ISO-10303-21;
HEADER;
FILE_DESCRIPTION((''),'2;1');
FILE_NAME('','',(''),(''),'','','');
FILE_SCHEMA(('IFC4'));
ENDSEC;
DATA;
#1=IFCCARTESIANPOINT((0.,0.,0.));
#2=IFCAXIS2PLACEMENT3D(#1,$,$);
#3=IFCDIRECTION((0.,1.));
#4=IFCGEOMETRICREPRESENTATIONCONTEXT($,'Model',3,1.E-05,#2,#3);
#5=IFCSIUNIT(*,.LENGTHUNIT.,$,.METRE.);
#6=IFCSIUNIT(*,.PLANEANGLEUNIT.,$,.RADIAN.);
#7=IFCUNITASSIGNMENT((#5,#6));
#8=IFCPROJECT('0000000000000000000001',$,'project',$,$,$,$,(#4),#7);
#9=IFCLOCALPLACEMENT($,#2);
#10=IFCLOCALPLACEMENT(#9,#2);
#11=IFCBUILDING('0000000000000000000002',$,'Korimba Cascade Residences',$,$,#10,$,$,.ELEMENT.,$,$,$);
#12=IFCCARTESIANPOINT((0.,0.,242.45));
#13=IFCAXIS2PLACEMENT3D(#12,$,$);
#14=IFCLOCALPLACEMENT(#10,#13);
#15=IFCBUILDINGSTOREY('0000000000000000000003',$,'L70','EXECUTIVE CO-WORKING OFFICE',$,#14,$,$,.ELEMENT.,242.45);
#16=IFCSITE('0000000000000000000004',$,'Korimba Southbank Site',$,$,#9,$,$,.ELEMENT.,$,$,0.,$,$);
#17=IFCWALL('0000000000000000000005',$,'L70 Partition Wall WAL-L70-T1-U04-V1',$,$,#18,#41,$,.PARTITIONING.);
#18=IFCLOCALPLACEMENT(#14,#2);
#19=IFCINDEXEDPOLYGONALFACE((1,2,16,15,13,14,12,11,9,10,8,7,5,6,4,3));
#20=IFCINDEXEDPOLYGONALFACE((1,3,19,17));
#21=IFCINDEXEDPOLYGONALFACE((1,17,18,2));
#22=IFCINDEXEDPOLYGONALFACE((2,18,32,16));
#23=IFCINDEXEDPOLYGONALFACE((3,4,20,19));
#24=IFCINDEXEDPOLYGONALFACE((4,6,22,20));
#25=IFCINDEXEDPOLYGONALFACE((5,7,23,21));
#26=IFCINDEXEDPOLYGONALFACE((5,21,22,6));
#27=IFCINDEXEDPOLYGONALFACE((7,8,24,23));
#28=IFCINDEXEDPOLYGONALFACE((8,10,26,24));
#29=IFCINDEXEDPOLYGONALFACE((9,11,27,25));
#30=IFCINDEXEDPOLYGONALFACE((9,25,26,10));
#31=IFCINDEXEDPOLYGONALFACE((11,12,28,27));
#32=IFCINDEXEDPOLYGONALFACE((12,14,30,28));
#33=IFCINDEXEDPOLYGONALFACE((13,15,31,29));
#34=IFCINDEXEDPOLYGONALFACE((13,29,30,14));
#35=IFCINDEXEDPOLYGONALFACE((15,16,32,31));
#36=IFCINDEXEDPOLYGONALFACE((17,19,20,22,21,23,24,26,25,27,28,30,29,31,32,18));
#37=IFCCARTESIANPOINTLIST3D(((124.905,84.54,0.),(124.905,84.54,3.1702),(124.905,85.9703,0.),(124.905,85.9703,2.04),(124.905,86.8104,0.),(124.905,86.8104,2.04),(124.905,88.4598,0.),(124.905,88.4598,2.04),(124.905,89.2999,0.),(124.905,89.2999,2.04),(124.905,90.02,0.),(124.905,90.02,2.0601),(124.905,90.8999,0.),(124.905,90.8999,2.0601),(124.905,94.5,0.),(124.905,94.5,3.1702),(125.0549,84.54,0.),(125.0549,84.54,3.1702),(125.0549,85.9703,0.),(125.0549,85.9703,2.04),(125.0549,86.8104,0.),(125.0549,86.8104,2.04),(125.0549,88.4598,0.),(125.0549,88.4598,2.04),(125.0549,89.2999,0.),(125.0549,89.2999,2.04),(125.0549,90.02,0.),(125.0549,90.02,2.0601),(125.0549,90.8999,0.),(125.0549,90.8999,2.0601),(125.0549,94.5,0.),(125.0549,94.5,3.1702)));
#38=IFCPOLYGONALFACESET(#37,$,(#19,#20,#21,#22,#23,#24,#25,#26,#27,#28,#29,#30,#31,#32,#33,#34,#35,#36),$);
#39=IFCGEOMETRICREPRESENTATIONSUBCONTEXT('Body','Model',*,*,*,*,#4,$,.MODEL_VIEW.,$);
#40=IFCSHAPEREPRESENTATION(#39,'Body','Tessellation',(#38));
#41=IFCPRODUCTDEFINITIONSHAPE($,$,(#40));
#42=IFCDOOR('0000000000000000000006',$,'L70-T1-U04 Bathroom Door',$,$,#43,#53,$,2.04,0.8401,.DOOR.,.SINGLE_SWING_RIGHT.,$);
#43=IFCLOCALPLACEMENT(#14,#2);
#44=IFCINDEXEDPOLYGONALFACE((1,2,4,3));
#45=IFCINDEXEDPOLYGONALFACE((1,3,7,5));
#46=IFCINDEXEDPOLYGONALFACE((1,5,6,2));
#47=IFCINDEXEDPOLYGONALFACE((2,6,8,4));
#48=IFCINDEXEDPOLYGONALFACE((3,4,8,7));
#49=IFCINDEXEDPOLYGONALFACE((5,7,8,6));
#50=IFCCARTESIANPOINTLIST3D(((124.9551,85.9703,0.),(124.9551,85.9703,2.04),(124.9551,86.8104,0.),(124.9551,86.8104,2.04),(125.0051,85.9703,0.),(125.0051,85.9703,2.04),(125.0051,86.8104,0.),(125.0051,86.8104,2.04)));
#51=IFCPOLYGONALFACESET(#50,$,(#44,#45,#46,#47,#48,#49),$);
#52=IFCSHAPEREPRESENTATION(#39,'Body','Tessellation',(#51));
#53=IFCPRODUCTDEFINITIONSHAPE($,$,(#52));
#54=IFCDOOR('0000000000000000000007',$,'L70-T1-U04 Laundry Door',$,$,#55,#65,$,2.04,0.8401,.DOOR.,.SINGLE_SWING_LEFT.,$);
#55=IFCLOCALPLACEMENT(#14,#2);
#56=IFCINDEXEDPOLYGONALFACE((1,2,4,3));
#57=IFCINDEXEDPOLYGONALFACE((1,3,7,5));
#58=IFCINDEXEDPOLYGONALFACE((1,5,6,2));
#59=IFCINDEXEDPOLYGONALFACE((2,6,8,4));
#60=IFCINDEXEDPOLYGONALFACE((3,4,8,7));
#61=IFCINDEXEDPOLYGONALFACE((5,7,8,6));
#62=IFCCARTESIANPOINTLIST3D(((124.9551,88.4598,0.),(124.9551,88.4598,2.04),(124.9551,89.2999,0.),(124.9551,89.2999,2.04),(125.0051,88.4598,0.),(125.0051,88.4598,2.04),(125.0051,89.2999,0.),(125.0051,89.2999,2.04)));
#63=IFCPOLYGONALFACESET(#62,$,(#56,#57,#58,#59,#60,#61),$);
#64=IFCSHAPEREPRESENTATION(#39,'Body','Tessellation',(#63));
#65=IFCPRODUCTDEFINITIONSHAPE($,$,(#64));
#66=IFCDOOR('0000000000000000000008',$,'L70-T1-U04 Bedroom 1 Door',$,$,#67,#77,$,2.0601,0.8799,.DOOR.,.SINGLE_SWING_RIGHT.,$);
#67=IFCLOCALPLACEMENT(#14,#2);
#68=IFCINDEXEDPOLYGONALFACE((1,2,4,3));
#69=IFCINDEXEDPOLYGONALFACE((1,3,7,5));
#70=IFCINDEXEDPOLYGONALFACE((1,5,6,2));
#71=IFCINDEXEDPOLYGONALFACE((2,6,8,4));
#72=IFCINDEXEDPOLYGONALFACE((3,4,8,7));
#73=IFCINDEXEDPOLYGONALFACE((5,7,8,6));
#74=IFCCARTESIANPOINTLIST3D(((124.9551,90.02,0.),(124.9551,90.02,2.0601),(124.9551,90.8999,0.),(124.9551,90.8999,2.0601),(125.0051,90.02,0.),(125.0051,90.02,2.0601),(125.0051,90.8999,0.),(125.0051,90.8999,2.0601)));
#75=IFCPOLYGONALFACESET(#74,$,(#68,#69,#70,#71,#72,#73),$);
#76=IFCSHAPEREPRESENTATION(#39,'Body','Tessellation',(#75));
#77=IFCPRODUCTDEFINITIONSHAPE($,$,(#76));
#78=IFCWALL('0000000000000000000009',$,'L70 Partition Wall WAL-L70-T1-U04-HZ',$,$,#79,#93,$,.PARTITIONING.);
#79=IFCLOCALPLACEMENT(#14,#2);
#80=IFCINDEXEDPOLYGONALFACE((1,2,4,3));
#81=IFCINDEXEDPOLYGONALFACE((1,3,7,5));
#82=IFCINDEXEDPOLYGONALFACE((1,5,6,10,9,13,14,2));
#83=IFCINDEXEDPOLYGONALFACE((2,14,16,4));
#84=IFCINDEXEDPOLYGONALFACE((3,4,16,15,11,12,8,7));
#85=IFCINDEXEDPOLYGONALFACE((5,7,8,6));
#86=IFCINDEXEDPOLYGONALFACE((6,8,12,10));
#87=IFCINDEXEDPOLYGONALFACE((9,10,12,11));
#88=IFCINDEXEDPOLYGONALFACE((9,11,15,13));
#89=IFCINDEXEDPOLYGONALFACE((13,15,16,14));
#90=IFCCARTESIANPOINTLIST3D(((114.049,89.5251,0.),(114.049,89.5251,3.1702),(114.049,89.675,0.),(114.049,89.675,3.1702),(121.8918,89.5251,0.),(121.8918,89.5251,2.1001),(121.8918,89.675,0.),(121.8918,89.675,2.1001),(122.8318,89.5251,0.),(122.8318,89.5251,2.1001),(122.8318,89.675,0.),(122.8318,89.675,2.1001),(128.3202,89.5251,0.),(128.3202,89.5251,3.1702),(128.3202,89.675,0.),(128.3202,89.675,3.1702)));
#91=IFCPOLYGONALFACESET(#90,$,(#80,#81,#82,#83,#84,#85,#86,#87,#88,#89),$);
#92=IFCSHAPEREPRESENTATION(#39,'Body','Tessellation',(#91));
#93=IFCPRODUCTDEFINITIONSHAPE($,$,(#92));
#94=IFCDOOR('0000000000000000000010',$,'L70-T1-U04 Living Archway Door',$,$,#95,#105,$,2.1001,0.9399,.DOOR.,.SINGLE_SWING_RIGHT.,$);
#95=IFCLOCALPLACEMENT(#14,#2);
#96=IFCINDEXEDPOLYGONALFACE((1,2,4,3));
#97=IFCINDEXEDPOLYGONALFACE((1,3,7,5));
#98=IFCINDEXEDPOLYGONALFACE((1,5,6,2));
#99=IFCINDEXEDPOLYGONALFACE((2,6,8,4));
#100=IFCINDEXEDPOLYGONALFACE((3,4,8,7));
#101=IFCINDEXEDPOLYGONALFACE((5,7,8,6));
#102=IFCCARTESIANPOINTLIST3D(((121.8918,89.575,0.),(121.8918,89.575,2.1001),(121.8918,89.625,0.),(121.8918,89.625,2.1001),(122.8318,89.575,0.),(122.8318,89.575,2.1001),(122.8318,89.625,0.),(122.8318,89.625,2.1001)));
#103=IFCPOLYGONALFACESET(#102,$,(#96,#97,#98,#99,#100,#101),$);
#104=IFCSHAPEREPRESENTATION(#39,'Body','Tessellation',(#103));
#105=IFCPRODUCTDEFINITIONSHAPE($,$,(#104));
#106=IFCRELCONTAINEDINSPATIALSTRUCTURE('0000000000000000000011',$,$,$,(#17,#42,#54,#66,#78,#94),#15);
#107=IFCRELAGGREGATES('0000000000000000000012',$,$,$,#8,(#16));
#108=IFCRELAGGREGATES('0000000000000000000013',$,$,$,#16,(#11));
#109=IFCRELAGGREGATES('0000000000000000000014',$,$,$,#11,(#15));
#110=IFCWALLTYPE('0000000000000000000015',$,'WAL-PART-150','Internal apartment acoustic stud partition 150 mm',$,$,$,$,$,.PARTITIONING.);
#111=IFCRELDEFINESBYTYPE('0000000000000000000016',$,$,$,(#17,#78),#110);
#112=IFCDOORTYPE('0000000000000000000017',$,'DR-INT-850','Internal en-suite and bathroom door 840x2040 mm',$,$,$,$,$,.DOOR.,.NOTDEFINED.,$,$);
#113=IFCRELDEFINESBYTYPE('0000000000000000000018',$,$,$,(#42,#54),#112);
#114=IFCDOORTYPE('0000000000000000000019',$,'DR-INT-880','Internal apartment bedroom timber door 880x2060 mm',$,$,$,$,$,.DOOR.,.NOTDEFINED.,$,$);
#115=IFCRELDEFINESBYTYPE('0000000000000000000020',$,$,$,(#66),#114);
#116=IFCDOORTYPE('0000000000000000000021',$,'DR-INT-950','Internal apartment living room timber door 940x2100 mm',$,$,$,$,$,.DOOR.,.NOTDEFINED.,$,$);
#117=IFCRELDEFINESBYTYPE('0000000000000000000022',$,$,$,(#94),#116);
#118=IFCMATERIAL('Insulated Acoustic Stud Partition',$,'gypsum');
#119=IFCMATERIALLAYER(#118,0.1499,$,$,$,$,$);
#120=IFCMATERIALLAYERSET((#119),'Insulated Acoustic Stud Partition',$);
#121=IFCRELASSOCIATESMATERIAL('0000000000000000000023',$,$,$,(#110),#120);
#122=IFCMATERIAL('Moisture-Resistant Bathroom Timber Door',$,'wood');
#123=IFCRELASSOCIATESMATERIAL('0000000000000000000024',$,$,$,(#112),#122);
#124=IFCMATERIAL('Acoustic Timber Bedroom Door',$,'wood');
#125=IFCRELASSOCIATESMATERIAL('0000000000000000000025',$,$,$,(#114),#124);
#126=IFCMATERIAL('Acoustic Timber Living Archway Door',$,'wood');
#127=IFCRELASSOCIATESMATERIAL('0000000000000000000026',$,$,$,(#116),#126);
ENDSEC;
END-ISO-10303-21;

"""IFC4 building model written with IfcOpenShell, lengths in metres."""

from ifc_helpers import new_model, si_unit, direction, frame, frame_2d, origin, place, context, subcontext, project, spatial, rectangle, extrude, material, layer, layer_set, type_object, element, fill, save


model = new_model("IFC4")

# Units and contexts
model_context = context("Model", 3, precision=1e-05, world=origin(), true_north=direction((0.0, 1.0)))
body_context = subcontext(model_context, "Body", "Model", "MODEL_VIEW")
ifc_project = project(units=[si_unit("LENGTHUNIT", "METRE"), si_unit("PLANEANGLEUNIT", "RADIAN")], contexts=[model_context])

# Site, building, storey
site_placement = place(None, origin())
site = spatial("IfcSite", under=ifc_project, at=site_placement, Name="Korimba Southbank Site", CompositionType="ELEMENT", RefElevation=0.0)
building_placement = place(site_placement, origin())
building = spatial("IfcBuilding", under=site, at=building_placement, Name="Korimba Cascade Residences", CompositionType="ELEMENT")
storey_placement = place(building_placement, frame((0.0, 0.0, 242.45)))
storey = spatial("IfcBuildingStorey", under=building, at=storey_placement, Name="L70", Description="EXECUTIVE CO-WORKING OFFICE", CompositionType="ELEMENT", Elevation=242.45)

# Shared definitions
ifc_material_1 = material(Name="Insulated Acoustic Stud Partition", Category="gypsum")
ifc_layer_1 = layer(ifc_material_1, 0.1499)
ifc_layer_set_1 = layer_set([ifc_layer_1], Name="Insulated Acoustic Stud Partition")
wall_type_1 = type_object("IfcWallType", Name="WAL-PART-150", Description="Internal apartment acoustic stud partition 150 mm", PredefinedType="PARTITIONING", material=ifc_layer_set_1)

# Wall, openings, doors
wall_1_placement = place(storey_placement, frame((124.98, 84.54, 0.0), z_axis=(0.0, 0.0, 1.0), x_axis=(0.0, 1.0, 0.0)))
wall_1 = element("IfcWall", 1, at=wall_1_placement, inside=storey, type_object=wall_type_1, Name="L70 Partition Wall WAL-L70-T1-U04-V1", PredefinedType="PARTITIONING", context=body_context, shape_type="SweptSolid", body=[
    extrude(rectangle(XDim=9.96, YDim=0.1499, at=frame_2d((4.98, 0.0))), origin(), (0.0, 0.0, 1.0), 3.1702),
])
opening_1_placement = place(wall_1_placement, frame((1.4304, 0.0, 0.0)))
opening_1 = element("IfcOpeningElement", 2, at=opening_1_placement, cuts=wall_1, PredefinedType="OPENING", context=body_context, shape_type="SweptSolid", body=[
    extrude(rectangle(XDim=0.8401, YDim=2.04, at=frame_2d((0.4199, 1.02))), frame((0.0, 0.085, 0.0), z_axis=(0.0, -1.0, 0.0), x_axis=(1.0, 0.0, 0.0)), (0.0, 0.0, 1.0), 0.1699),
])
opening_2_placement = place(wall_1_placement, frame((3.9199, 0.0, 0.0)))
opening_2 = element("IfcOpeningElement", 3, at=opening_2_placement, cuts=wall_1, PredefinedType="OPENING", context=body_context, shape_type="SweptSolid", body=[
    extrude(rectangle(XDim=0.8401, YDim=2.04, at=frame_2d((0.4199, 1.02))), frame((0.0, 0.085, 0.0), z_axis=(0.0, -1.0, 0.0), x_axis=(1.0, 0.0, 0.0)), (0.0, 0.0, 1.0), 0.1699),
])
opening_3_placement = place(wall_1_placement, frame((5.48, 0.0, 0.0)))
opening_3 = element("IfcOpeningElement", 4, at=opening_3_placement, cuts=wall_1, PredefinedType="OPENING", context=body_context, shape_type="SweptSolid", body=[
    extrude(rectangle(XDim=0.8799, YDim=2.0601, at=frame_2d((0.4399, 1.03))), frame((0.0, 0.085, 0.0), z_axis=(0.0, -1.0, 0.0), x_axis=(1.0, 0.0, 0.0)), (0.0, 0.0, 1.0), 0.1699),
])
ifc_material_2 = material(Name="Moisture-Resistant Bathroom Timber Door", Category="wood")
door_type_1 = type_object("IfcDoorType", Name="DR-INT-850", Description="Internal en-suite and bathroom door 840x2040 mm", OperationType="NOTDEFINED", PredefinedType="DOOR", material=ifc_material_2)
door_1_placement = place(opening_1_placement, origin())
door_1 = element("IfcDoor", 5, at=door_1_placement, inside=storey, type_object=door_type_1, Name="L70-T1-U04 Bathroom Door", OperationType="SINGLE_SWING_RIGHT", OverallHeight=2.04, OverallWidth=0.8401, PredefinedType="DOOR", context=body_context, shape_type="SweptSolid", body=[
    extrude(rectangle(XDim=0.8401, YDim=2.04, at=frame_2d((0.4199, 1.02))), frame((0.0, 0.0249, 0.0), z_axis=(0.0, -1.0, 0.0), x_axis=(1.0, 0.0, 0.0)), (0.0, 0.0, 1.0), 0.05),
])
fill(opening_1, door_1)
door_2_placement = place(opening_2_placement, origin())
door_2 = element("IfcDoor", 6, at=door_2_placement, inside=storey, type_object=door_type_1, Name="L70-T1-U04 Laundry Door", OperationType="SINGLE_SWING_LEFT", OverallHeight=2.04, OverallWidth=0.8401, PredefinedType="DOOR", context=body_context, shape_type="SweptSolid", body=[
    extrude(rectangle(XDim=0.8401, YDim=2.04, at=frame_2d((0.4199, 1.02))), frame((0.0, 0.0249, 0.0), z_axis=(0.0, -1.0, 0.0), x_axis=(1.0, 0.0, 0.0)), (0.0, 0.0, 1.0), 0.05),
])
fill(opening_2, door_2)
ifc_material_3 = material(Name="Acoustic Timber Bedroom Door", Category="wood")
door_type_2 = type_object("IfcDoorType", Name="DR-INT-880", Description="Internal apartment bedroom timber door 880x2060 mm", OperationType="NOTDEFINED", PredefinedType="DOOR", material=ifc_material_3)
door_3_placement = place(opening_3_placement, origin())
door_3 = element("IfcDoor", 7, at=door_3_placement, inside=storey, type_object=door_type_2, Name="L70-T1-U04 Bedroom 1 Door", OperationType="SINGLE_SWING_RIGHT", OverallHeight=2.0601, OverallWidth=0.8799, PredefinedType="DOOR", context=body_context, shape_type="SweptSolid", body=[
    extrude(rectangle(XDim=0.8799, YDim=2.0601, at=frame_2d((0.4399, 1.03))), frame((0.0, 0.0249, 0.0), z_axis=(0.0, -1.0, 0.0), x_axis=(1.0, 0.0, 0.0)), (0.0, 0.0, 1.0), 0.05),
])
fill(opening_3, door_3)

# Wall, opening, door
wall_2_placement = place(storey_placement, frame((114.0488, 89.6001, 0.0), z_axis=(0.0, 0.0, 1.0), x_axis=(1.0, 0.0, 0.0)))
wall_2 = element("IfcWall", 8, at=wall_2_placement, inside=storey, type_object=wall_type_1, Name="L70 Partition Wall WAL-L70-T1-U04-HZ", PredefinedType="PARTITIONING", context=body_context, shape_type="SweptSolid", body=[
    extrude(rectangle(XDim=14.2712, YDim=0.1499, at=frame_2d((7.1357, 0.0))), origin(), (0.0, 0.0, 1.0), 3.1702),
])
opening_4_placement = place(wall_2_placement, frame((7.843, 0.0, 0.0)))
opening_4 = element("IfcOpeningElement", 9, at=opening_4_placement, cuts=wall_2, PredefinedType="OPENING", context=body_context, shape_type="SweptSolid", body=[
    extrude(rectangle(XDim=0.9399, YDim=2.1001, at=frame_2d((0.47, 1.05))), frame((0.0, 0.085, 0.0), z_axis=(0.0, -1.0, 0.0), x_axis=(1.0, 0.0, 0.0)), (0.0, 0.0, 1.0), 0.1699),
])
ifc_material_4 = material(Name="Acoustic Timber Living Archway Door", Category="wood")
door_type_3 = type_object("IfcDoorType", Name="DR-INT-950", Description="Internal apartment living room timber door 940x2100 mm", OperationType="NOTDEFINED", PredefinedType="DOOR", material=ifc_material_4)
door_4_placement = place(opening_4_placement, origin())
door_4 = element("IfcDoor", 10, at=door_4_placement, inside=storey, type_object=door_type_3, Name="L70-T1-U04 Living Archway Door", OperationType="SINGLE_SWING_RIGHT", OverallHeight=2.1001, OverallWidth=0.9399, PredefinedType="DOOR", context=body_context, shape_type="SweptSolid", body=[
    extrude(rectangle(XDim=0.9399, YDim=2.1001, at=frame_2d((0.47, 1.05))), frame((0.0, 0.0249, 0.0), z_axis=(0.0, -1.0, 0.0), x_axis=(1.0, 0.0, 0.0)), (0.0, 0.0, 1.0), 0.05),
])
fill(opening_4, door_4)

save(model, "model.ifc")
